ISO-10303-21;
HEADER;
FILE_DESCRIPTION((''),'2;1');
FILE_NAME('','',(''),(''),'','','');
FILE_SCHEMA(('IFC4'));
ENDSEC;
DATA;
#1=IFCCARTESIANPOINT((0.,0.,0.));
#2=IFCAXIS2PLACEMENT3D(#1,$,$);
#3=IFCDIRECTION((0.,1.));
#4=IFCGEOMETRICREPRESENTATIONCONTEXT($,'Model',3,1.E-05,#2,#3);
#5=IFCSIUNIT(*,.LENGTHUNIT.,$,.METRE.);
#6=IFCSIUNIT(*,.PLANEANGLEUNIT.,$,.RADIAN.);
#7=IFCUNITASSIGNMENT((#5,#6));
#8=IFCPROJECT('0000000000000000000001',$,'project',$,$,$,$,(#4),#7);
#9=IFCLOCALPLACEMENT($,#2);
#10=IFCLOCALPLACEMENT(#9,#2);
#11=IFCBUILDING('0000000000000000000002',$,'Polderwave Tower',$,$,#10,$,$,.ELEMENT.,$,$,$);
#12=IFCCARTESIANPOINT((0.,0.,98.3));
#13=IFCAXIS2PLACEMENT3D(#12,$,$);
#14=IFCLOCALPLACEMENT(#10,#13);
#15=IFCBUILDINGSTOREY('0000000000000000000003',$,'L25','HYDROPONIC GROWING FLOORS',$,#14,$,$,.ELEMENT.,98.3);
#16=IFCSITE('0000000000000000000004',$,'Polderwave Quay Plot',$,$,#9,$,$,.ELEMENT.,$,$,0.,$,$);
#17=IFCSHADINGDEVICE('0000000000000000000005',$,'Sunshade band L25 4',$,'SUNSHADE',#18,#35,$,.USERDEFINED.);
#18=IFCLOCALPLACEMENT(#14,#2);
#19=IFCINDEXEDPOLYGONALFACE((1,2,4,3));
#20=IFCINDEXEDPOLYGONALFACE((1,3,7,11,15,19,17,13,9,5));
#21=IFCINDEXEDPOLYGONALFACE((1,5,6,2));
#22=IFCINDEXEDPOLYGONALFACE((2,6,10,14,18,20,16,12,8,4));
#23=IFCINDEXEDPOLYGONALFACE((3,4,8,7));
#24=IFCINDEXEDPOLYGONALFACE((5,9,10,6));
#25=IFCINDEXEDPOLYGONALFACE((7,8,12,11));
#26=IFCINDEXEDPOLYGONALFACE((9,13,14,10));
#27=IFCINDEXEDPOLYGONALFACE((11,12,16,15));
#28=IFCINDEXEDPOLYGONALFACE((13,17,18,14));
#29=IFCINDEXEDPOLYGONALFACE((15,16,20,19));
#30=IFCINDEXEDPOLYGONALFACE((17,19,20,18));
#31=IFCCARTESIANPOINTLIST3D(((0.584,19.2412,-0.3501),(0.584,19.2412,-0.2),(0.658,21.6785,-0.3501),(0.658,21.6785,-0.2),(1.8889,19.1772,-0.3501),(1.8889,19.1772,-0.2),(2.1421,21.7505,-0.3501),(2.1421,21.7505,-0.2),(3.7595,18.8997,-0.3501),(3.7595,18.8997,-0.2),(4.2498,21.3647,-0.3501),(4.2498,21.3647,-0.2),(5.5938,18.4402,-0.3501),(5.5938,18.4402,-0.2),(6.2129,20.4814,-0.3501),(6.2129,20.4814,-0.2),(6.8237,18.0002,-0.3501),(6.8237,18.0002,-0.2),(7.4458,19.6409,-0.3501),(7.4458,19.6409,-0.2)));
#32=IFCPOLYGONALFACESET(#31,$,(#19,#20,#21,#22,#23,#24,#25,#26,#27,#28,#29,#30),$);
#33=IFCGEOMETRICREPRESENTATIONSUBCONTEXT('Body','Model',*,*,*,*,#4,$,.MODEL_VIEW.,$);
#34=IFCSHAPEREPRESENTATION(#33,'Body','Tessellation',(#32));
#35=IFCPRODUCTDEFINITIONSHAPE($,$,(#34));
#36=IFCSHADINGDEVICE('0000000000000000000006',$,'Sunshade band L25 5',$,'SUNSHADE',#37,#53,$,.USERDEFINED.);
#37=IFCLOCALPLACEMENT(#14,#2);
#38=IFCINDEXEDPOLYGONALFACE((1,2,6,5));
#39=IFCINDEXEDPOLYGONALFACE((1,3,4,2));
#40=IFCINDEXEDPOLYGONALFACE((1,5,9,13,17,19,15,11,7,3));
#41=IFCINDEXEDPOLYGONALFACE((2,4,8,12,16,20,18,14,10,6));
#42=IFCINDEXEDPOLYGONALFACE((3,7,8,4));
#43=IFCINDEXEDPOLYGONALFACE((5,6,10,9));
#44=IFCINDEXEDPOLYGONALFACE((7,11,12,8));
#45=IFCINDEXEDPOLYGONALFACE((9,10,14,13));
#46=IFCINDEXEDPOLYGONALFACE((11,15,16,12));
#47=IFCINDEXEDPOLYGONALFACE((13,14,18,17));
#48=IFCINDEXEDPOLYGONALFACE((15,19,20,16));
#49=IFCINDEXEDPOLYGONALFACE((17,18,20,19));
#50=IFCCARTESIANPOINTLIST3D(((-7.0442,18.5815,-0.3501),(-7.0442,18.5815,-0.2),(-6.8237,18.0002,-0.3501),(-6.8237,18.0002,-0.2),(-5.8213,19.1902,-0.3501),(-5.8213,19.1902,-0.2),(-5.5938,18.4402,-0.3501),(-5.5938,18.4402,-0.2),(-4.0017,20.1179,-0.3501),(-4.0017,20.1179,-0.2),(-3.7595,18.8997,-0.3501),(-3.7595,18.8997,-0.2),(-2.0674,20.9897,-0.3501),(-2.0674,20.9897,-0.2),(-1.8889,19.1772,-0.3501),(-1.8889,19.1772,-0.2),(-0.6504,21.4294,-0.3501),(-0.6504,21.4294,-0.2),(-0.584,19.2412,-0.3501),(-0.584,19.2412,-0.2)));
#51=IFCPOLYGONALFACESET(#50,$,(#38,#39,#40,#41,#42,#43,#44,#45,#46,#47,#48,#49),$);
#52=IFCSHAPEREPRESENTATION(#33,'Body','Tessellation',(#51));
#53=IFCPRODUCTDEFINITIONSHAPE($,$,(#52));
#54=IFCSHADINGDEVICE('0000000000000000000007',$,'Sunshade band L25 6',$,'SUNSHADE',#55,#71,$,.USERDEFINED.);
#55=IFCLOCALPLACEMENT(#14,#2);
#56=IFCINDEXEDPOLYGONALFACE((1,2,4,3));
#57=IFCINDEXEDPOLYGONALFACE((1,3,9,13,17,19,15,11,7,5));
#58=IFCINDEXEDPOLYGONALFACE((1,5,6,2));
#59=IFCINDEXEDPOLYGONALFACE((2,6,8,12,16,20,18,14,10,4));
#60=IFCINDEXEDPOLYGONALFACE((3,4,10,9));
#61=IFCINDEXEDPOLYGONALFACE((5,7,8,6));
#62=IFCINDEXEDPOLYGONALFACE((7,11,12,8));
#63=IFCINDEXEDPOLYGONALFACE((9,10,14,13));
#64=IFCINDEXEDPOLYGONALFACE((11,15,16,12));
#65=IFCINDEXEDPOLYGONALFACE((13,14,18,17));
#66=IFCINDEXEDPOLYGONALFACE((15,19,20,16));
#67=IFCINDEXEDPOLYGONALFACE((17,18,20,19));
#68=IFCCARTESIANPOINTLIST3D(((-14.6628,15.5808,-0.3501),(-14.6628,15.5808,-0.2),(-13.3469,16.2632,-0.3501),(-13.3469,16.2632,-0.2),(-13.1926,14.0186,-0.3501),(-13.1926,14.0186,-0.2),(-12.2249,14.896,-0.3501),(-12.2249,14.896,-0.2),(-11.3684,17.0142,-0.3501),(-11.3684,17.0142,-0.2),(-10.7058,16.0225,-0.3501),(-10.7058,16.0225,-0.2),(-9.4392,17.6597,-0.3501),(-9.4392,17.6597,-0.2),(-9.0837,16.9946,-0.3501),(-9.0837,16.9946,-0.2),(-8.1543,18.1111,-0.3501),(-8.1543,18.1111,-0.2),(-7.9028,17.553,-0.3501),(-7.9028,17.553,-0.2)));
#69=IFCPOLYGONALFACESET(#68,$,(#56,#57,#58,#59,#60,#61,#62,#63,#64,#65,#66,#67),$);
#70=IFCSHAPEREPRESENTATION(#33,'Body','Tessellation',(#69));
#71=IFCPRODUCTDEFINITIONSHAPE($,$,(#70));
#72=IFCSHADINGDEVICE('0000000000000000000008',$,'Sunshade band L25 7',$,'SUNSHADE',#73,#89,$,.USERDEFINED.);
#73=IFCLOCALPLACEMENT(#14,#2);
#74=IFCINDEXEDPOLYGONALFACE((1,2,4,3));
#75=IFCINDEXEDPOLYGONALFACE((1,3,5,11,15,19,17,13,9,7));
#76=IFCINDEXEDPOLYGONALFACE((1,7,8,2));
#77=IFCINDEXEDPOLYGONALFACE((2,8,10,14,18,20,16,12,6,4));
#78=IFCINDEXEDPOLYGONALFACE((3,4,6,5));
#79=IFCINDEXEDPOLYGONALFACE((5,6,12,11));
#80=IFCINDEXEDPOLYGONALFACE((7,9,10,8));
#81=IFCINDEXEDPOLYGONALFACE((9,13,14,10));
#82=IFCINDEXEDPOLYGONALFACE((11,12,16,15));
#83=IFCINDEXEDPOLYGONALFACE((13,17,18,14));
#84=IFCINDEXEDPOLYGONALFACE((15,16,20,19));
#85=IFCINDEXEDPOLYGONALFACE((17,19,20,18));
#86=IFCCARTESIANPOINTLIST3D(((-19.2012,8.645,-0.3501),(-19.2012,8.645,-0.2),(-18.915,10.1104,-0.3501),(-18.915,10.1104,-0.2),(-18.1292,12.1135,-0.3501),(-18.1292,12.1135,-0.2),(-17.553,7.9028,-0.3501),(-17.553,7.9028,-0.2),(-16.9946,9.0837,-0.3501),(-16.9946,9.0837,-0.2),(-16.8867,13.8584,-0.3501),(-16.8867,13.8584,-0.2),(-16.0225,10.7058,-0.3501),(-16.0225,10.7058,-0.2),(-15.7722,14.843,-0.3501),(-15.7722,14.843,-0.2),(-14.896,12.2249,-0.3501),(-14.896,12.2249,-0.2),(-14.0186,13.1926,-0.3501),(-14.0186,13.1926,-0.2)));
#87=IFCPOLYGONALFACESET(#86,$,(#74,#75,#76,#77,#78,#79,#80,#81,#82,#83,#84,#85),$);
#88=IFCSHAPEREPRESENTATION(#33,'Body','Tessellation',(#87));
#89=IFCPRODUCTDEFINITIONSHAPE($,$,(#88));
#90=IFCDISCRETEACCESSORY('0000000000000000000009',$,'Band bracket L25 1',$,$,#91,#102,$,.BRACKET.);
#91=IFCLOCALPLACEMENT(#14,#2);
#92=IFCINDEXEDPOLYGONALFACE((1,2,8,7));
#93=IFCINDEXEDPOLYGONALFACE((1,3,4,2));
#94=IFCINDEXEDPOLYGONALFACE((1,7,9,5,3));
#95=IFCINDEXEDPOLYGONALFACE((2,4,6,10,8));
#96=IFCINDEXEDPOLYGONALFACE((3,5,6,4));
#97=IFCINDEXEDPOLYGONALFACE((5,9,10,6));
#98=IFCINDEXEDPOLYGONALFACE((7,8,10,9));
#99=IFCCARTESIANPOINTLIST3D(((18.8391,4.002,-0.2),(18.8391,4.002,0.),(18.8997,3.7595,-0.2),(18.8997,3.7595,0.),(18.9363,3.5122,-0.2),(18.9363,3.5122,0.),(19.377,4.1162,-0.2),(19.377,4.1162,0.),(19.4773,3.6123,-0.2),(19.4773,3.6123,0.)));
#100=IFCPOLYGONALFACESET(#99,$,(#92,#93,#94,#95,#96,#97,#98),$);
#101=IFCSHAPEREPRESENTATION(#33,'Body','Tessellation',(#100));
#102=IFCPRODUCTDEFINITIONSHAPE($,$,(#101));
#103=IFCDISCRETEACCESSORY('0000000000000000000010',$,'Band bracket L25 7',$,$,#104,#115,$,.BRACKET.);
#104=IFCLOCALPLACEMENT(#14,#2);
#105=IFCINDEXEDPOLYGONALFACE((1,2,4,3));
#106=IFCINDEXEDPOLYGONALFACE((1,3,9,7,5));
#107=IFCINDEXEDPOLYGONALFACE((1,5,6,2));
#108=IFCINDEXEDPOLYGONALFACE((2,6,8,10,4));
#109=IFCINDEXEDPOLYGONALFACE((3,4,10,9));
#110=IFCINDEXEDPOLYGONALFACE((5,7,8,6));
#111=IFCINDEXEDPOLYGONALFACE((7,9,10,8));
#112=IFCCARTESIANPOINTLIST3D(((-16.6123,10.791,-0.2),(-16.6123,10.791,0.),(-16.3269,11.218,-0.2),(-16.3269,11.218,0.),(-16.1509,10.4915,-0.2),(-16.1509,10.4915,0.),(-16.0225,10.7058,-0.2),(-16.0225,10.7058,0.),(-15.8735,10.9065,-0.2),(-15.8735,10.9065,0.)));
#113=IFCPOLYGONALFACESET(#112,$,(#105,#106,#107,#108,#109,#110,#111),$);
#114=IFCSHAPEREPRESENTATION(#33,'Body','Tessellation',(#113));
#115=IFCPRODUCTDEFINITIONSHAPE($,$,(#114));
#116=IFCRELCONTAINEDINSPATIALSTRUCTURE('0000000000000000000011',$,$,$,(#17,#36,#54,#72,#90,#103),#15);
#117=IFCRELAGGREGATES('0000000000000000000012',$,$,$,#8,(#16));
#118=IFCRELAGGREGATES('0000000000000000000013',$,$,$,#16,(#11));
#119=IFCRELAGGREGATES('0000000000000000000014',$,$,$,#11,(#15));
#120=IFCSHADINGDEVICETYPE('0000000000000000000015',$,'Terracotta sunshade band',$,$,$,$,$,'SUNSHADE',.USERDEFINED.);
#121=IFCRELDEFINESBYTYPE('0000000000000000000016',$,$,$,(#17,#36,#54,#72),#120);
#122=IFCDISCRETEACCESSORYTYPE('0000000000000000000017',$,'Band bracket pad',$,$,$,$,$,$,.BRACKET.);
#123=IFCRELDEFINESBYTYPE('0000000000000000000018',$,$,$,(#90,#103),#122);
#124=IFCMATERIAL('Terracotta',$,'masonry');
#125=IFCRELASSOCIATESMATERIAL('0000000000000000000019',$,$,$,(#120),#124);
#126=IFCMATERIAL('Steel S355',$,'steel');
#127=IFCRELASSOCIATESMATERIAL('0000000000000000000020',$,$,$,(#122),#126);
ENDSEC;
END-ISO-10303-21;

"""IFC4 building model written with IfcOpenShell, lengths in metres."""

from ifc_helpers import new_model, si_unit, direction, frame, origin, place, context, subcontext, project, spatial, polyline, outline, extrude, material, type_object, element, save


model = new_model("IFC4")

# Units and contexts
model_context = context("Model", 3, precision=1e-05, world=origin(), true_north=direction((0.0, 1.0)))
body_context = subcontext(model_context, "Body", "Model", "MODEL_VIEW")
ifc_project = project(units=[si_unit("LENGTHUNIT", "METRE"), si_unit("PLANEANGLEUNIT", "RADIAN")], contexts=[model_context])

# Site, building, storey
site_placement = place(None, origin())
site = spatial("IfcSite", under=ifc_project, at=site_placement, Name="Polderwave Quay Plot", CompositionType="ELEMENT", RefElevation=0.0)
building_placement = place(site_placement, origin())
building = spatial("IfcBuilding", under=site, at=building_placement, Name="Polderwave Tower", CompositionType="ELEMENT")
storey_placement = place(building_placement, frame((0.0, 0.0, 98.3)))
storey = spatial("IfcBuildingStorey", under=building, at=storey_placement, Name="L25", Description="HYDROPONIC GROWING FLOORS", CompositionType="ELEMENT", Elevation=98.3)

# Shading devices
ifc_material_1 = material(Name="Terracotta", Category="masonry")
shading_device_type = type_object("IfcShadingDeviceType", Name="Terracotta sunshade band", ElementType="SUNSHADE", PredefinedType="USERDEFINED", material=ifc_material_1)
shading_device_1_placement = place(storey_placement, frame((0.0, 0.0, -0.3501)))
element("IfcShadingDevice", 1, at=shading_device_1_placement, inside=storey, type_object=shading_device_type, Name="Sunshade band L25 4", ObjectType="SUNSHADE", PredefinedType="USERDEFINED", context=body_context, shape_type="SweptSolid", body=[
    extrude(outline(polyline([(6.8237, 18.0002), (5.5938, 18.4402), (3.7595, 18.8997), (1.8889, 19.1772), (0.584, 19.2412), (0.658, 21.6785), (2.1421, 21.7505), (4.2498, 21.3647), (6.2129, 20.4814), (7.4458, 19.6409), (6.8237, 18.0002)])), origin(), (0.0, 0.0, 1.0), 0.1501),
])
shading_device_2_placement = place(storey_placement, frame((0.0, 0.0, -0.3501)))
element("IfcShadingDevice", 2, at=shading_device_2_placement, inside=storey, type_object=shading_device_type, Name="Sunshade band L25 5", ObjectType="SUNSHADE", PredefinedType="USERDEFINED", context=body_context, shape_type="SweptSolid", body=[
    extrude(outline(polyline([(-0.584, 19.2412), (-1.8889, 19.1772), (-3.7595, 18.8997), (-5.5938, 18.4402), (-6.8237, 18.0002), (-7.0442, 18.5815), (-5.8213, 19.1902), (-4.0017, 20.1179), (-2.0674, 20.9897), (-0.6504, 21.4294), (-0.584, 19.2412)])), origin(), (0.0, 0.0, 1.0), 0.1501),
])
shading_device_3_placement = place(storey_placement, frame((0.0, 0.0, -0.3501)))
element("IfcShadingDevice", 3, at=shading_device_3_placement, inside=storey, type_object=shading_device_type, Name="Sunshade band L25 6", ObjectType="SUNSHADE", PredefinedType="USERDEFINED", context=body_context, shape_type="SweptSolid", body=[
    extrude(outline(polyline([(-7.9028, 17.553), (-9.0837, 16.9946), (-10.7058, 16.0225), (-12.2249, 14.896), (-13.1926, 14.0186), (-14.6628, 15.5808), (-13.3469, 16.2632), (-11.3684, 17.0142), (-9.4392, 17.6597), (-8.1543, 18.1111), (-7.9028, 17.553)])), origin(), (0.0, 0.0, 1.0), 0.1501),
])
shading_device_4_placement = place(storey_placement, frame((0.0, 0.0, -0.3501)))
element("IfcShadingDevice", 4, at=shading_device_4_placement, inside=storey, type_object=shading_device_type, Name="Sunshade band L25 7", ObjectType="SUNSHADE", PredefinedType="USERDEFINED", context=body_context, shape_type="SweptSolid", body=[
    extrude(outline(polyline([(-14.0186, 13.1926), (-14.896, 12.2249), (-16.0225, 10.7058), (-16.9946, 9.0837), (-17.553, 7.9028), (-19.2012, 8.645), (-18.915, 10.1104), (-18.1292, 12.1135), (-16.8867, 13.8584), (-15.7722, 14.843), (-14.0186, 13.1926)])), origin(), (0.0, 0.0, 1.0), 0.1501),
])

# Discrete accessories
ifc_material_2 = material(Name="Steel S355", Category="steel")
discrete_accessory_type = type_object("IfcDiscreteAccessoryType", Name="Band bracket pad", PredefinedType="BRACKET", material=ifc_material_2)
discrete_accessory_1_placement = place(storey_placement, frame((0.0, 0.0, -0.2)))
element("IfcDiscreteAccessory", 5, at=discrete_accessory_1_placement, inside=storey, type_object=discrete_accessory_type, Name="Band bracket L25 1", PredefinedType="BRACKET", context=body_context, shape_type="SweptSolid", body=[
    extrude(outline(polyline([(18.9363, 3.5122), (18.8997, 3.7595), (18.8391, 4.002), (19.377, 4.1162), (19.4773, 3.6123), (18.9363, 3.5122)])), origin(), (0.0, 0.0, 1.0), 0.2),
])
discrete_accessory_2_placement = place(storey_placement, frame((0.0, 0.0, -0.2)))
element("IfcDiscreteAccessory", 6, at=discrete_accessory_2_placement, inside=storey, type_object=discrete_accessory_type, Name="Band bracket L25 7", PredefinedType="BRACKET", context=body_context, shape_type="SweptSolid", body=[
    extrude(outline(polyline([(-15.8735, 10.9065), (-16.0225, 10.7058), (-16.1509, 10.4915), (-16.6123, 10.791), (-16.3269, 11.218), (-15.8735, 10.9065)])), origin(), (0.0, 0.0, 1.0), 0.2),
])

save(model, "model.ifc")
